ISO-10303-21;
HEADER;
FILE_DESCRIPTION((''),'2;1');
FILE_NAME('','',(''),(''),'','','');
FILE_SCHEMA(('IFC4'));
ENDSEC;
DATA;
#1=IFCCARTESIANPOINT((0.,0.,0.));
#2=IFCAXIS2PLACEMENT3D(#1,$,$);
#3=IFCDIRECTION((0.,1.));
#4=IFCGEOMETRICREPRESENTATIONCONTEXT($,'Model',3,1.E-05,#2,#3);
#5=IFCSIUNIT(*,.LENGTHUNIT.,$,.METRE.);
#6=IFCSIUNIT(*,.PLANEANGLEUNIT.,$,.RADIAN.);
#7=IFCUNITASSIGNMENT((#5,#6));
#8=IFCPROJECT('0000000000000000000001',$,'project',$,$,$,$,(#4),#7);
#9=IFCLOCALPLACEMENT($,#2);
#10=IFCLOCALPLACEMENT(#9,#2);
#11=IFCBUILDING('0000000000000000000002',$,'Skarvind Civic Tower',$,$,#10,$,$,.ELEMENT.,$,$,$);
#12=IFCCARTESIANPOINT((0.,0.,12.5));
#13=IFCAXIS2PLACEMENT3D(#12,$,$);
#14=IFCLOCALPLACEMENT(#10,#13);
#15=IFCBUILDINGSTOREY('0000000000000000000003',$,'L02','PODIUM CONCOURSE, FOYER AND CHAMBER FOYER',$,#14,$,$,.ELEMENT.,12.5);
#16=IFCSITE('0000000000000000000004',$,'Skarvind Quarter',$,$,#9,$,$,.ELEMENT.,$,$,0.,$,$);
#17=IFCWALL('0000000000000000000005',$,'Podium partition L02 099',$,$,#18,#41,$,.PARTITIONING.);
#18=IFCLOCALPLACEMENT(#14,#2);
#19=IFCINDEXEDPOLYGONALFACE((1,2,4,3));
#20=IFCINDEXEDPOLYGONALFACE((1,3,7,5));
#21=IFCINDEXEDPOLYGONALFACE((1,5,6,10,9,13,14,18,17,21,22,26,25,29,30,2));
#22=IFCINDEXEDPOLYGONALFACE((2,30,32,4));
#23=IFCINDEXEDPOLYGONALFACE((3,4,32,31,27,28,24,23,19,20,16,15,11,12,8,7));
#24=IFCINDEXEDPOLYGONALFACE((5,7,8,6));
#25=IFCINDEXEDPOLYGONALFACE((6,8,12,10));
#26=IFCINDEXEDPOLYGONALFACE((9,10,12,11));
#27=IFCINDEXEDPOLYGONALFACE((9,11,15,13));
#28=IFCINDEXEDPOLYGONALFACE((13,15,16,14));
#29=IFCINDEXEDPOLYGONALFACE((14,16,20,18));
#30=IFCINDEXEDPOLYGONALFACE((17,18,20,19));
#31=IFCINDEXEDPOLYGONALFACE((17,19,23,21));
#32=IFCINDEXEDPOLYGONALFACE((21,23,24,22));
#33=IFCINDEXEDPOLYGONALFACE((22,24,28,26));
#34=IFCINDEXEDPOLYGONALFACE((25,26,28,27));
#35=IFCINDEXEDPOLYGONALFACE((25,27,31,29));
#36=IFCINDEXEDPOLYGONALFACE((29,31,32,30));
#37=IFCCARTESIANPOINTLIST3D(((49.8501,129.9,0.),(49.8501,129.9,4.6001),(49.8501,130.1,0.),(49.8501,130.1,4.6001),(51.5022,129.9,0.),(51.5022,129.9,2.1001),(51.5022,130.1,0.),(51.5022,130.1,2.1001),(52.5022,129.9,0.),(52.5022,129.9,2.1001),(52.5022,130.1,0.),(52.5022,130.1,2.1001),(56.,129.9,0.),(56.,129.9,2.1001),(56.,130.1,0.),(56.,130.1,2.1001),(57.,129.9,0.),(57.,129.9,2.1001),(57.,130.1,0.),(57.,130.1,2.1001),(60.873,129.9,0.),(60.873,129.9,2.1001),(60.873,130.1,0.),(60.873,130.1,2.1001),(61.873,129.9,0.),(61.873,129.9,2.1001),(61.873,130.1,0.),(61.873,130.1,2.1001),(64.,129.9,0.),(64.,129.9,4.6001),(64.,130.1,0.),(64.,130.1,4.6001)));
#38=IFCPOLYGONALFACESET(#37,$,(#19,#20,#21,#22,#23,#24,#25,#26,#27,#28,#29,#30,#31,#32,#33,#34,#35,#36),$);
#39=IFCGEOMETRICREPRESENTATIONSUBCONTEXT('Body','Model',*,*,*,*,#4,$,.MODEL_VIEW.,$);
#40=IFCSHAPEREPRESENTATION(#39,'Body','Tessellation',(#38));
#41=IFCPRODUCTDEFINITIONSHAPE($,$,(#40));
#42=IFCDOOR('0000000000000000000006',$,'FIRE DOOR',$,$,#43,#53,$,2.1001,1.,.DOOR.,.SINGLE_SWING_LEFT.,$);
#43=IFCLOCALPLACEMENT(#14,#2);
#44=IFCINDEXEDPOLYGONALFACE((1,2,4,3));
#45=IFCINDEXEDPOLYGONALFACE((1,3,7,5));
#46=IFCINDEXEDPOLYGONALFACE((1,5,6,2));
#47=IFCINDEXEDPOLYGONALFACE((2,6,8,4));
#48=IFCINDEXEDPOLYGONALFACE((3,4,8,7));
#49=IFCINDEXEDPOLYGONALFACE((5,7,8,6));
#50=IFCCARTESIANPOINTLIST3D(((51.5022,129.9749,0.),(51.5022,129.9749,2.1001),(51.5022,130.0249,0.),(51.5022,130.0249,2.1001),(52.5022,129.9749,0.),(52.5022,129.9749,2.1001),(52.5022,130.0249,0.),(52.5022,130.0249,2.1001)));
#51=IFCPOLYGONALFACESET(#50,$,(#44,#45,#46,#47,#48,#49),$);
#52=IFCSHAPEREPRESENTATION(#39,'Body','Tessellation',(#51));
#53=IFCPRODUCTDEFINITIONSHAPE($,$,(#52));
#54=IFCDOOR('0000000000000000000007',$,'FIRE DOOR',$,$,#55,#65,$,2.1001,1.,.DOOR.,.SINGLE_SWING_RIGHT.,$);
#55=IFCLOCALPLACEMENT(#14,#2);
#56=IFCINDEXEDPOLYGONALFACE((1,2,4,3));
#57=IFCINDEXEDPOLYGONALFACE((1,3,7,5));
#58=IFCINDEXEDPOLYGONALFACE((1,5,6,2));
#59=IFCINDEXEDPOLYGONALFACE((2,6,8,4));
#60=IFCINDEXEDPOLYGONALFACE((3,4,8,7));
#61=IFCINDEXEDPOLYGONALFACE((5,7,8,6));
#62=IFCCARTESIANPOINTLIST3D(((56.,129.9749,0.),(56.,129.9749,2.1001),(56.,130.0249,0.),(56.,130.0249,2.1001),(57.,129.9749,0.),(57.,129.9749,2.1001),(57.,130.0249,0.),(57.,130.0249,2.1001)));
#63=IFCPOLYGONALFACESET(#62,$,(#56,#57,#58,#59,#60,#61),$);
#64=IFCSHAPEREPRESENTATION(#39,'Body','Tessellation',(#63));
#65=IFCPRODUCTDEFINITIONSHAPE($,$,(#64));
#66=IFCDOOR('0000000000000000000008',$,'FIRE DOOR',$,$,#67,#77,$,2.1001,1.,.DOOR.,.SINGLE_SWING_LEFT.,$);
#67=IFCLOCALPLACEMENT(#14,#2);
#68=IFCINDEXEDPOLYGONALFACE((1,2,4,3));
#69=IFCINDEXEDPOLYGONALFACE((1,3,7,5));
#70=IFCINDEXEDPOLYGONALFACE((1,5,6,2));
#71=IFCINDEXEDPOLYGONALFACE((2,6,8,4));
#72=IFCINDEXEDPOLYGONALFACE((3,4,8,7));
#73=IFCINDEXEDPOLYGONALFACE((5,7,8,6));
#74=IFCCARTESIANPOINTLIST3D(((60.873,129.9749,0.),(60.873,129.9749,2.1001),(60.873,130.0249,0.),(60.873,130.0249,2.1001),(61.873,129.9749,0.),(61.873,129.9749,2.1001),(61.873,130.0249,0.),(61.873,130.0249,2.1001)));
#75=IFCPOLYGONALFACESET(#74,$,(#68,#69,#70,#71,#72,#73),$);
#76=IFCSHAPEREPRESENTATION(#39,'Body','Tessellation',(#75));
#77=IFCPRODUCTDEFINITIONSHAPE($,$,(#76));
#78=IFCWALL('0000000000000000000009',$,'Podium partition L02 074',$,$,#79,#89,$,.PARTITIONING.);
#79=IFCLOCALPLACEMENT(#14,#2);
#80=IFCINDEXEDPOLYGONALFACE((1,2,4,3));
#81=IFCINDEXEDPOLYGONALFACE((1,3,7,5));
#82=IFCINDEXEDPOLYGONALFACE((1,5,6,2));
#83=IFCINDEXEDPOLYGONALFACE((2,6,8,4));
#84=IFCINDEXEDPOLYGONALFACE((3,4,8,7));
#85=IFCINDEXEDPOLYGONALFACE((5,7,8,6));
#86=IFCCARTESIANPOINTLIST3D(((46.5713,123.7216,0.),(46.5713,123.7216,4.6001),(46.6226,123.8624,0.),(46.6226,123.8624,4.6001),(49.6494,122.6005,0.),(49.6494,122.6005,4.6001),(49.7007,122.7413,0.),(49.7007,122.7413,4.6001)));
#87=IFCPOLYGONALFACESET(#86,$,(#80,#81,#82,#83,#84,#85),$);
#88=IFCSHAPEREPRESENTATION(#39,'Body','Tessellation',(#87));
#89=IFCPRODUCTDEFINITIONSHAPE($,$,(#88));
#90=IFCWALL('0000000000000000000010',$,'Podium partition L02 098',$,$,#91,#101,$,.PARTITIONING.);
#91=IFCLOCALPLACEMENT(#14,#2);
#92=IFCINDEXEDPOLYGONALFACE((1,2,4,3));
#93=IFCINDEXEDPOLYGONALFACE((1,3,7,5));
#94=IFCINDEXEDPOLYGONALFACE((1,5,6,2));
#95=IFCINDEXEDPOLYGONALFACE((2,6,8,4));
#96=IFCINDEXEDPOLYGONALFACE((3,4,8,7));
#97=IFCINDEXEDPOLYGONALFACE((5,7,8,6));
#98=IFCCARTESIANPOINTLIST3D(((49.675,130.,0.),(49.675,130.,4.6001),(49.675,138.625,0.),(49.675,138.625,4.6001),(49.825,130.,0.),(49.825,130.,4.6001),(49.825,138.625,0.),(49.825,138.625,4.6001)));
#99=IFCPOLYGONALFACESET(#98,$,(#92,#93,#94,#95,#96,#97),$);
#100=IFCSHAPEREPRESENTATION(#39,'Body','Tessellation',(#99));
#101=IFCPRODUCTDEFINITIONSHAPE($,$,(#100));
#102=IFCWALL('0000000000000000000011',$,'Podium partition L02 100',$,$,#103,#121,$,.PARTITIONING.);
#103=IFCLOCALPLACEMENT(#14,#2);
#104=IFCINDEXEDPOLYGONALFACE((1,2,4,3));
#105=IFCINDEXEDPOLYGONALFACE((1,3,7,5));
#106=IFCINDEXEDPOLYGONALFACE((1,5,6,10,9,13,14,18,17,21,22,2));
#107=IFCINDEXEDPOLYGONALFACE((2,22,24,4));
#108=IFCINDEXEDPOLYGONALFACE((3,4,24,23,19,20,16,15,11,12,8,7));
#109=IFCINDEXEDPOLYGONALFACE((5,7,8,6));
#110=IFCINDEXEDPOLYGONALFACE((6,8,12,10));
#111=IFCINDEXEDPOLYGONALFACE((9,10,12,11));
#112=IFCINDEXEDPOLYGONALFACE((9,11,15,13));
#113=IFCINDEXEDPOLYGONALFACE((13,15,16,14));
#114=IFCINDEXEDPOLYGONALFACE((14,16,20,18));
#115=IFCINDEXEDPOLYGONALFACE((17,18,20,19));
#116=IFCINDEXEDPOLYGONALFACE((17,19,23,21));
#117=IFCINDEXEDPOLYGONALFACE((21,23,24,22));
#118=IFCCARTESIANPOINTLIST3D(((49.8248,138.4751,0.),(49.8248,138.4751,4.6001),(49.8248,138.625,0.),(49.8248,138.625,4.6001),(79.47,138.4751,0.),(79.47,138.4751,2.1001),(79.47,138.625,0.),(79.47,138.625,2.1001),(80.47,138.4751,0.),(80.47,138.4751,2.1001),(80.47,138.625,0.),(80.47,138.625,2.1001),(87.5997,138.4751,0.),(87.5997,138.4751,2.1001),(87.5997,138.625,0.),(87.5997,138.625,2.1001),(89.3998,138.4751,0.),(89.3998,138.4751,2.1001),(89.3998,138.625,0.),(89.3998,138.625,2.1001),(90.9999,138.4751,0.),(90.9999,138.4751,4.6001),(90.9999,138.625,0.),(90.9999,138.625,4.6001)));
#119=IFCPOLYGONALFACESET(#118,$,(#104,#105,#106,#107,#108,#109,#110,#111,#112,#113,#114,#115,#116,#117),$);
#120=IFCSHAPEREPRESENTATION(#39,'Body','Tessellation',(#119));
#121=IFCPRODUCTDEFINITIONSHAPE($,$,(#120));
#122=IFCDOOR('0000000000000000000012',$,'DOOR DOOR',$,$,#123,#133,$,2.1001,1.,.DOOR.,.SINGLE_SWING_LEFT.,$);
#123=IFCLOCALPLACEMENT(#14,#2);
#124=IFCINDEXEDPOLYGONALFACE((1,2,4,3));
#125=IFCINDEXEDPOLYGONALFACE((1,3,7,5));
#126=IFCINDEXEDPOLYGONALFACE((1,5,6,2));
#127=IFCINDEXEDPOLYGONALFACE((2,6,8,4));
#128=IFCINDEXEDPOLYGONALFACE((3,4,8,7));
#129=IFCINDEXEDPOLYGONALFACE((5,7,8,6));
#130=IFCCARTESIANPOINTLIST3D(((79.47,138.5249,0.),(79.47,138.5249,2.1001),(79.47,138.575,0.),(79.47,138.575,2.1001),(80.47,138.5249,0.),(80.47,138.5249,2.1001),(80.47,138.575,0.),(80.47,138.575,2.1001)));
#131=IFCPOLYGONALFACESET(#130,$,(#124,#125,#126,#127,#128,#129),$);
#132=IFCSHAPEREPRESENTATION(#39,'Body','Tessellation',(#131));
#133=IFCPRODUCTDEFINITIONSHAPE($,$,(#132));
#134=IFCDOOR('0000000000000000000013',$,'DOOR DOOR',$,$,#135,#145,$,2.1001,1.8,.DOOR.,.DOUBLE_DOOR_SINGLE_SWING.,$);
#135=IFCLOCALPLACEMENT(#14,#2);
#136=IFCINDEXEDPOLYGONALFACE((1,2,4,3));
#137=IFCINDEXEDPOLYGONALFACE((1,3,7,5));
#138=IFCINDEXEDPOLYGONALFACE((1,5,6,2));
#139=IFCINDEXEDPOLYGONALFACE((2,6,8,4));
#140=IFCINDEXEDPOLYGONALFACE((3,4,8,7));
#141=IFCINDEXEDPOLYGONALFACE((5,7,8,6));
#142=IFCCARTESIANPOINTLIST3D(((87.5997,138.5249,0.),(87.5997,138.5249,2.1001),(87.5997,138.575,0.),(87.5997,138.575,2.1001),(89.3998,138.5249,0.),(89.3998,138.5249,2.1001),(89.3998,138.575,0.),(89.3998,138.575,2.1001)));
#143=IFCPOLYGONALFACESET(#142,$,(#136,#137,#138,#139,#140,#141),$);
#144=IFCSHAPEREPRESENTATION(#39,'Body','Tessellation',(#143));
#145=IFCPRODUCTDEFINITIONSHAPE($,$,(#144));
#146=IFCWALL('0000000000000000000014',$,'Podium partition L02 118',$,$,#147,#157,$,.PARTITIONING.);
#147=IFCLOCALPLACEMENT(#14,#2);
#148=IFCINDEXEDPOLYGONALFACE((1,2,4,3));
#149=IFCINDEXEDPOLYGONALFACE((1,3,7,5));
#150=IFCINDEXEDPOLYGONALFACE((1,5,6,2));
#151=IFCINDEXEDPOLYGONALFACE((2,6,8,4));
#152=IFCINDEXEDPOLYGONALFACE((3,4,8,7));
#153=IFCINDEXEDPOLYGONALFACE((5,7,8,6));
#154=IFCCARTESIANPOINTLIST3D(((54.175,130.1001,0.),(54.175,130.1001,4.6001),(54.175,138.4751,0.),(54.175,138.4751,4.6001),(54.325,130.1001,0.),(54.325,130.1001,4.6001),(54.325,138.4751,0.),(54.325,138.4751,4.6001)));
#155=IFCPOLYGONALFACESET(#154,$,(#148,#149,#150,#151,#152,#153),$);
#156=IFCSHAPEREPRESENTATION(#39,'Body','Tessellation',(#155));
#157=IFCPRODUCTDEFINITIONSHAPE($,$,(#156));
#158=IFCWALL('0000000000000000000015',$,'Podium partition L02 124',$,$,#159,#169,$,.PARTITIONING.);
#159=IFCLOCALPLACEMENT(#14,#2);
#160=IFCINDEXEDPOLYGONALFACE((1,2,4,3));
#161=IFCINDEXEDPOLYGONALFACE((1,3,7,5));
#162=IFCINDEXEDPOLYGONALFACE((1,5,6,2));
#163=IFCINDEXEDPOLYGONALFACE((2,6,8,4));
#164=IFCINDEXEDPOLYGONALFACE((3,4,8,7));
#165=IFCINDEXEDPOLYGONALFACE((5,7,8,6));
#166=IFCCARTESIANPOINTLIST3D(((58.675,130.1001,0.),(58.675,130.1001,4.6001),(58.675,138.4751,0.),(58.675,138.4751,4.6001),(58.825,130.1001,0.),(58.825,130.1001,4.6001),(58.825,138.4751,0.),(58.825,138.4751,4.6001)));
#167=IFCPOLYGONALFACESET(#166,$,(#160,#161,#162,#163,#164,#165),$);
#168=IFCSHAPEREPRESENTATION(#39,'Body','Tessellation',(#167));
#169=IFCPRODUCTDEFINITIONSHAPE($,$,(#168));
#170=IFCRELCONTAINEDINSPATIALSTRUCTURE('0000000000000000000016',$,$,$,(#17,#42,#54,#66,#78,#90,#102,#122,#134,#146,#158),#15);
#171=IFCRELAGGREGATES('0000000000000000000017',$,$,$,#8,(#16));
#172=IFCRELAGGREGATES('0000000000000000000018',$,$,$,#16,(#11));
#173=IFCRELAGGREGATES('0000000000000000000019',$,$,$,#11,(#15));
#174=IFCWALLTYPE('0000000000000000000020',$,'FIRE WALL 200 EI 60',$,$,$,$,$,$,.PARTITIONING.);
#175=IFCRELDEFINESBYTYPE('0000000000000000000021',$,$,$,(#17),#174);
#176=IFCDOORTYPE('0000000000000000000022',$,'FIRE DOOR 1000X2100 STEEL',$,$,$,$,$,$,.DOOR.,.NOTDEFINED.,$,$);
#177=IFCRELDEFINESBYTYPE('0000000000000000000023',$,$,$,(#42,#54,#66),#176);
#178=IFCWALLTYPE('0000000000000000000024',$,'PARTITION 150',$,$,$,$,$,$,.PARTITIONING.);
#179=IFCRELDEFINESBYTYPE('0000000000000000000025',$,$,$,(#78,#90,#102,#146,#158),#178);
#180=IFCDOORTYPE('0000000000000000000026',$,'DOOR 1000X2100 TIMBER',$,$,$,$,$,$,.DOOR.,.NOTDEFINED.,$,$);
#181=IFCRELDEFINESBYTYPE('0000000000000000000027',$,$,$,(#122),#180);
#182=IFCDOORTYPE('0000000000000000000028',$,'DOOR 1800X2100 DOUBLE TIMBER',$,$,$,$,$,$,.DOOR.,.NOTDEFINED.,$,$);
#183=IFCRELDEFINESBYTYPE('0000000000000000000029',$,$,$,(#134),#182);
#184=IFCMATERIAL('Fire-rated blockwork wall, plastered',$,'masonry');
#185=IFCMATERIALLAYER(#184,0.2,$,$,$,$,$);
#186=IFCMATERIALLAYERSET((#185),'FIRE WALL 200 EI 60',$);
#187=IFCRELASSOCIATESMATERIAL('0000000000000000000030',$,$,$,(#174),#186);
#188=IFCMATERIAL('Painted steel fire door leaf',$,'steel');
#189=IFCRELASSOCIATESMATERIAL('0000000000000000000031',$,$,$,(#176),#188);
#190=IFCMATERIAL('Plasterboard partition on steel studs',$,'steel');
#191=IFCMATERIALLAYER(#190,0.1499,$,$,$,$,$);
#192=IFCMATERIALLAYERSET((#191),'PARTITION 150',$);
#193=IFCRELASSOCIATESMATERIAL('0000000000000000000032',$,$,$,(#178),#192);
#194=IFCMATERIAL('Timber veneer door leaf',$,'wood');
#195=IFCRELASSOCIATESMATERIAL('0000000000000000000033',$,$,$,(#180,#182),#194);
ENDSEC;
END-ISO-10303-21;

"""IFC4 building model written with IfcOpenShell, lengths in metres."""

from ifc_helpers import new_model, si_unit, direction, frame, frame_2d, origin, place, context, subcontext, project, spatial, rectangle, extrude, material, layer, layer_set, type_object, element, fill, save


model = new_model("IFC4")

# Units and contexts
model_context = context("Model", 3, precision=1e-05, world=origin(), true_north=direction((0.0, 1.0)))
body_context = subcontext(model_context, "Body", "Model", "MODEL_VIEW")
ifc_project = project(units=[si_unit("LENGTHUNIT", "METRE"), si_unit("PLANEANGLEUNIT", "RADIAN")], contexts=[model_context])

# Site, building, storey
site_placement = place(None, origin())
site = spatial("IfcSite", under=ifc_project, at=site_placement, Name="Skarvind Quarter", CompositionType="ELEMENT", RefElevation=0.0)
building_placement = place(site_placement, origin())
building = spatial("IfcBuilding", under=site, at=building_placement, Name="Skarvind Civic Tower", CompositionType="ELEMENT")
storey_placement = place(building_placement, frame((0.0, 0.0, 12.5)))
storey = spatial("IfcBuildingStorey", under=building, at=storey_placement, Name="L02", Description="PODIUM CONCOURSE, FOYER AND CHAMBER FOYER", CompositionType="ELEMENT", Elevation=12.5)

# Shared definitions
ifc_material_1 = material(Name="Fire-rated blockwork wall, plastered", Category="masonry")
ifc_layer_1 = layer(ifc_material_1, 0.2)
ifc_layer_set_1 = layer_set([ifc_layer_1], Name="FIRE WALL 200 EI 60")
wall_type_1 = type_object("IfcWallType", Name="FIRE WALL 200 EI 60", PredefinedType="PARTITIONING", material=ifc_layer_set_1)
ifc_material_2 = material(Name="Painted steel fire door leaf", Category="steel")
door_type_1 = type_object("IfcDoorType", Name="FIRE DOOR 1000X2100 STEEL", OperationType="NOTDEFINED", PredefinedType="DOOR", material=ifc_material_2)

# Wall, openings, doors
wall_1_placement = place(storey_placement, frame((49.8501, 130.0, 0.0), z_axis=(0.0, 0.0, 1.0), x_axis=(1.0, 0.0, 0.0)))
wall_1 = element("IfcWall", 1, at=wall_1_placement, inside=storey, type_object=wall_type_1, Name="Podium partition L02 099", PredefinedType="PARTITIONING", context=body_context, shape_type="SweptSolid", body=[
    extrude(rectangle(XDim=14.1499, YDim=0.2, at=frame_2d((7.075, 0.0))), origin(), (0.0, 0.0, 1.0), 4.6001),
])
opening_1_placement = place(wall_1_placement, frame((1.6521, 0.0, 0.0)))
opening_1 = element("IfcOpeningElement", 2, at=opening_1_placement, cuts=wall_1, PredefinedType="OPENING", context=body_context, shape_type="SweptSolid", body=[
    extrude(rectangle(XDim=1.0, YDim=2.1001, at=frame_2d((0.5, 1.05))), frame((0.0, 0.1099, 0.0), z_axis=(0.0, -1.0, 0.0), x_axis=(1.0, 0.0, 0.0)), (0.0, 0.0, 1.0), 0.22),
])
opening_2_placement = place(wall_1_placement, frame((6.1499, 0.0, 0.0)))
opening_2 = element("IfcOpeningElement", 3, at=opening_2_placement, cuts=wall_1, PredefinedType="OPENING", context=body_context, shape_type="SweptSolid", body=[
    extrude(rectangle(XDim=1.0, YDim=2.1001, at=frame_2d((0.5, 1.05))), frame((0.0, 0.1099, 0.0), z_axis=(0.0, -1.0, 0.0), x_axis=(1.0, 0.0, 0.0)), (0.0, 0.0, 1.0), 0.22),
])
opening_3_placement = place(wall_1_placement, frame((11.0229, 0.0, 0.0)))
opening_3 = element("IfcOpeningElement", 4, at=opening_3_placement, cuts=wall_1, PredefinedType="OPENING", context=body_context, shape_type="SweptSolid", body=[
    extrude(rectangle(XDim=1.0, YDim=2.1001, at=frame_2d((0.5, 1.05))), frame((0.0, 0.1099, 0.0), z_axis=(0.0, -1.0, 0.0), x_axis=(1.0, 0.0, 0.0)), (0.0, 0.0, 1.0), 0.22),
])
door_1_placement = place(opening_1_placement, origin())
door_1 = element("IfcDoor", 5, at=door_1_placement, inside=storey, type_object=door_type_1, Name="FIRE DOOR", OperationType="SINGLE_SWING_LEFT", OverallHeight=2.1001, OverallWidth=1.0, PredefinedType="DOOR", context=body_context, shape_type="SweptSolid", body=[
    extrude(rectangle(XDim=1.0, YDim=2.1001, at=frame_2d((0.5, 1.05))), frame((0.0, 0.0249, 0.0), z_axis=(0.0, -1.0, 0.0), x_axis=(1.0, 0.0, 0.0)), (0.0, 0.0, 1.0), 0.05),
])
fill(opening_1, door_1)
door_2_placement = place(opening_2_placement, origin())
door_2 = element("IfcDoor", 6, at=door_2_placement, inside=storey, type_object=door_type_1, Name="FIRE DOOR", OperationType="SINGLE_SWING_RIGHT", OverallHeight=2.1001, OverallWidth=1.0, PredefinedType="DOOR", context=body_context, shape_type="SweptSolid", body=[
    extrude(rectangle(XDim=1.0, YDim=2.1001, at=frame_2d((0.5, 1.05))), frame((0.0, 0.0249, 0.0), z_axis=(0.0, -1.0, 0.0), x_axis=(1.0, 0.0, 0.0)), (0.0, 0.0, 1.0), 0.05),
])
fill(opening_2, door_2)
door_3_placement = place(opening_3_placement, origin())
door_3 = element("IfcDoor", 7, at=door_3_placement, inside=storey, type_object=door_type_1, Name="FIRE DOOR", OperationType="SINGLE_SWING_LEFT", OverallHeight=2.1001, OverallWidth=1.0, PredefinedType="DOOR", context=body_context, shape_type="SweptSolid", body=[
    extrude(rectangle(XDim=1.0, YDim=2.1001, at=frame_2d((0.5, 1.05))), frame((0.0, 0.0249, 0.0), z_axis=(0.0, -1.0, 0.0), x_axis=(1.0, 0.0, 0.0)), (0.0, 0.0, 1.0), 0.05),
])
fill(opening_3, door_3)

# Walls
ifc_material_3 = material(Name="Plasterboard partition on steel studs", Category="steel")
ifc_layer_2 = layer(ifc_material_3, 0.1499)
ifc_layer_set_2 = layer_set([ifc_layer_2], Name="PARTITION 150")
wall_type_2 = type_object("IfcWallType", Name="PARTITION 150", PredefinedType="PARTITIONING", material=ifc_layer_set_2)
wall_2_placement = place(storey_placement, frame((46.5969, 123.792, 0.0), z_axis=(0.0, 0.0, 1.0), x_axis=(0.939619, -0.342222, 0.0)))
element("IfcWall", 8, at=wall_2_placement, inside=storey, type_object=wall_type_2, Name="Podium partition L02 074", PredefinedType="PARTITIONING", context=body_context, shape_type="SweptSolid", body=[
    extrude(rectangle(XDim=3.2759, YDim=0.1499, at=frame_2d((1.6379, 0.0))), origin(), (0.0, 0.0, 1.0), 4.6001),
])
wall_3_placement = place(storey_placement, frame((49.75, 130.0, 0.0), z_axis=(0.0, 0.0, 1.0), x_axis=(0.0, 1.0, 0.0)))
element("IfcWall", 9, at=wall_3_placement, inside=storey, type_object=wall_type_2, Name="Podium partition L02 098", PredefinedType="PARTITIONING", context=body_context, shape_type="SweptSolid", body=[
    extrude(rectangle(XDim=8.625, YDim=0.1499, at=frame_2d((4.3125, 0.0))), origin(), (0.0, 0.0, 1.0), 4.6001),
])

# Wall, openings, doors
wall_4_placement = place(storey_placement, frame((49.825, 138.55, 0.0), z_axis=(0.0, 0.0, 1.0), x_axis=(1.0, 0.0, 0.0)))
wall_4 = element("IfcWall", 10, at=wall_4_placement, inside=storey, type_object=wall_type_2, Name="Podium partition L02 100", PredefinedType="PARTITIONING", context=body_context, shape_type="SweptSolid", body=[
    extrude(rectangle(XDim=41.175, YDim=0.1499, at=frame_2d((20.5874, 0.0))), origin(), (0.0, 0.0, 1.0), 4.6001),
])
opening_4_placement = place(wall_4_placement, frame((29.645, 0.0, 0.0)))
opening_4 = element("IfcOpeningElement", 11, at=opening_4_placement, cuts=wall_4, PredefinedType="OPENING", context=body_context, shape_type="SweptSolid", body=[
    extrude(rectangle(XDim=1.0, YDim=2.1001, at=frame_2d((0.5, 1.05))), frame((0.0, 0.085, 0.0), z_axis=(0.0, -1.0, 0.0), x_axis=(1.0, 0.0, 0.0)), (0.0, 0.0, 1.0), 0.1699),
])
opening_5_placement = place(wall_4_placement, frame((37.7749, 0.0, 0.0)))
opening_5 = element("IfcOpeningElement", 12, at=opening_5_placement, cuts=wall_4, PredefinedType="OPENING", context=body_context, shape_type="SweptSolid", body=[
    extrude(rectangle(XDim=1.8, YDim=2.1001, at=frame_2d((0.8999, 1.05))), frame((0.0, 0.085, 0.0), z_axis=(0.0, -1.0, 0.0), x_axis=(1.0, 0.0, 0.0)), (0.0, 0.0, 1.0), 0.1699),
])
ifc_material_4 = material(Name="Timber veneer door leaf", Category="wood")
door_type_2 = type_object("IfcDoorType", Name="DOOR 1000X2100 TIMBER", OperationType="NOTDEFINED", PredefinedType="DOOR", material=ifc_material_4)
door_4_placement = place(opening_4_placement, origin())
door_4 = element("IfcDoor", 13, at=door_4_placement, inside=storey, type_object=door_type_2, Name="DOOR DOOR", OperationType="SINGLE_SWING_LEFT", OverallHeight=2.1001, OverallWidth=1.0, PredefinedType="DOOR", context=body_context, shape_type="SweptSolid", body=[
    extrude(rectangle(XDim=1.0, YDim=2.1001, at=frame_2d((0.5, 1.05))), frame((0.0, 0.0249, 0.0), z_axis=(0.0, -1.0, 0.0), x_axis=(1.0, 0.0, 0.0)), (0.0, 0.0, 1.0), 0.05),
])
fill(opening_4, door_4)
door_type_3 = type_object("IfcDoorType", Name="DOOR 1800X2100 DOUBLE TIMBER", OperationType="NOTDEFINED", PredefinedType="DOOR", material=ifc_material_4)
door_5_placement = place(opening_5_placement, origin())
door_5 = element("IfcDoor", 14, at=door_5_placement, inside=storey, type_object=door_type_3, Name="DOOR DOOR", OperationType="DOUBLE_DOOR_SINGLE_SWING", OverallHeight=2.1001, OverallWidth=1.8, PredefinedType="DOOR", context=body_context, shape_type="SweptSolid", body=[
    extrude(rectangle(XDim=1.8, YDim=2.1001, at=frame_2d((0.8999, 1.05))), frame((0.0, 0.0249, 0.0), z_axis=(0.0, -1.0, 0.0), x_axis=(1.0, 0.0, 0.0)), (0.0, 0.0, 1.0), 0.05),
])
fill(opening_5, door_5)

# Walls
for number, where, z_axis, x_axis, name in (
    (15, (54.25, 130.1001, 0.0), (0.0, 0.0, 1.0), (0.0, 1.0, 0.0), "Podium partition L02 118"),
    (16, (58.75, 130.1001, 0.0), (0.0, 0.0, 1.0), (0.0, 1.0, 0.0), "Podium partition L02 124"),
):
    element("IfcWall", number, at=place(storey_placement, frame(where, z_axis=z_axis, x_axis=x_axis)), inside=storey, type_object=wall_type_2, Name=name, PredefinedType="PARTITIONING", context=body_context, shape_type="SweptSolid", body=[
        extrude(rectangle(XDim=8.375, YDim=0.1499, at=frame_2d((4.1875, 0.0))), origin(), (0.0, 0.0, 1.0), 4.6001),
    ])

save(model, "model.ifc")
